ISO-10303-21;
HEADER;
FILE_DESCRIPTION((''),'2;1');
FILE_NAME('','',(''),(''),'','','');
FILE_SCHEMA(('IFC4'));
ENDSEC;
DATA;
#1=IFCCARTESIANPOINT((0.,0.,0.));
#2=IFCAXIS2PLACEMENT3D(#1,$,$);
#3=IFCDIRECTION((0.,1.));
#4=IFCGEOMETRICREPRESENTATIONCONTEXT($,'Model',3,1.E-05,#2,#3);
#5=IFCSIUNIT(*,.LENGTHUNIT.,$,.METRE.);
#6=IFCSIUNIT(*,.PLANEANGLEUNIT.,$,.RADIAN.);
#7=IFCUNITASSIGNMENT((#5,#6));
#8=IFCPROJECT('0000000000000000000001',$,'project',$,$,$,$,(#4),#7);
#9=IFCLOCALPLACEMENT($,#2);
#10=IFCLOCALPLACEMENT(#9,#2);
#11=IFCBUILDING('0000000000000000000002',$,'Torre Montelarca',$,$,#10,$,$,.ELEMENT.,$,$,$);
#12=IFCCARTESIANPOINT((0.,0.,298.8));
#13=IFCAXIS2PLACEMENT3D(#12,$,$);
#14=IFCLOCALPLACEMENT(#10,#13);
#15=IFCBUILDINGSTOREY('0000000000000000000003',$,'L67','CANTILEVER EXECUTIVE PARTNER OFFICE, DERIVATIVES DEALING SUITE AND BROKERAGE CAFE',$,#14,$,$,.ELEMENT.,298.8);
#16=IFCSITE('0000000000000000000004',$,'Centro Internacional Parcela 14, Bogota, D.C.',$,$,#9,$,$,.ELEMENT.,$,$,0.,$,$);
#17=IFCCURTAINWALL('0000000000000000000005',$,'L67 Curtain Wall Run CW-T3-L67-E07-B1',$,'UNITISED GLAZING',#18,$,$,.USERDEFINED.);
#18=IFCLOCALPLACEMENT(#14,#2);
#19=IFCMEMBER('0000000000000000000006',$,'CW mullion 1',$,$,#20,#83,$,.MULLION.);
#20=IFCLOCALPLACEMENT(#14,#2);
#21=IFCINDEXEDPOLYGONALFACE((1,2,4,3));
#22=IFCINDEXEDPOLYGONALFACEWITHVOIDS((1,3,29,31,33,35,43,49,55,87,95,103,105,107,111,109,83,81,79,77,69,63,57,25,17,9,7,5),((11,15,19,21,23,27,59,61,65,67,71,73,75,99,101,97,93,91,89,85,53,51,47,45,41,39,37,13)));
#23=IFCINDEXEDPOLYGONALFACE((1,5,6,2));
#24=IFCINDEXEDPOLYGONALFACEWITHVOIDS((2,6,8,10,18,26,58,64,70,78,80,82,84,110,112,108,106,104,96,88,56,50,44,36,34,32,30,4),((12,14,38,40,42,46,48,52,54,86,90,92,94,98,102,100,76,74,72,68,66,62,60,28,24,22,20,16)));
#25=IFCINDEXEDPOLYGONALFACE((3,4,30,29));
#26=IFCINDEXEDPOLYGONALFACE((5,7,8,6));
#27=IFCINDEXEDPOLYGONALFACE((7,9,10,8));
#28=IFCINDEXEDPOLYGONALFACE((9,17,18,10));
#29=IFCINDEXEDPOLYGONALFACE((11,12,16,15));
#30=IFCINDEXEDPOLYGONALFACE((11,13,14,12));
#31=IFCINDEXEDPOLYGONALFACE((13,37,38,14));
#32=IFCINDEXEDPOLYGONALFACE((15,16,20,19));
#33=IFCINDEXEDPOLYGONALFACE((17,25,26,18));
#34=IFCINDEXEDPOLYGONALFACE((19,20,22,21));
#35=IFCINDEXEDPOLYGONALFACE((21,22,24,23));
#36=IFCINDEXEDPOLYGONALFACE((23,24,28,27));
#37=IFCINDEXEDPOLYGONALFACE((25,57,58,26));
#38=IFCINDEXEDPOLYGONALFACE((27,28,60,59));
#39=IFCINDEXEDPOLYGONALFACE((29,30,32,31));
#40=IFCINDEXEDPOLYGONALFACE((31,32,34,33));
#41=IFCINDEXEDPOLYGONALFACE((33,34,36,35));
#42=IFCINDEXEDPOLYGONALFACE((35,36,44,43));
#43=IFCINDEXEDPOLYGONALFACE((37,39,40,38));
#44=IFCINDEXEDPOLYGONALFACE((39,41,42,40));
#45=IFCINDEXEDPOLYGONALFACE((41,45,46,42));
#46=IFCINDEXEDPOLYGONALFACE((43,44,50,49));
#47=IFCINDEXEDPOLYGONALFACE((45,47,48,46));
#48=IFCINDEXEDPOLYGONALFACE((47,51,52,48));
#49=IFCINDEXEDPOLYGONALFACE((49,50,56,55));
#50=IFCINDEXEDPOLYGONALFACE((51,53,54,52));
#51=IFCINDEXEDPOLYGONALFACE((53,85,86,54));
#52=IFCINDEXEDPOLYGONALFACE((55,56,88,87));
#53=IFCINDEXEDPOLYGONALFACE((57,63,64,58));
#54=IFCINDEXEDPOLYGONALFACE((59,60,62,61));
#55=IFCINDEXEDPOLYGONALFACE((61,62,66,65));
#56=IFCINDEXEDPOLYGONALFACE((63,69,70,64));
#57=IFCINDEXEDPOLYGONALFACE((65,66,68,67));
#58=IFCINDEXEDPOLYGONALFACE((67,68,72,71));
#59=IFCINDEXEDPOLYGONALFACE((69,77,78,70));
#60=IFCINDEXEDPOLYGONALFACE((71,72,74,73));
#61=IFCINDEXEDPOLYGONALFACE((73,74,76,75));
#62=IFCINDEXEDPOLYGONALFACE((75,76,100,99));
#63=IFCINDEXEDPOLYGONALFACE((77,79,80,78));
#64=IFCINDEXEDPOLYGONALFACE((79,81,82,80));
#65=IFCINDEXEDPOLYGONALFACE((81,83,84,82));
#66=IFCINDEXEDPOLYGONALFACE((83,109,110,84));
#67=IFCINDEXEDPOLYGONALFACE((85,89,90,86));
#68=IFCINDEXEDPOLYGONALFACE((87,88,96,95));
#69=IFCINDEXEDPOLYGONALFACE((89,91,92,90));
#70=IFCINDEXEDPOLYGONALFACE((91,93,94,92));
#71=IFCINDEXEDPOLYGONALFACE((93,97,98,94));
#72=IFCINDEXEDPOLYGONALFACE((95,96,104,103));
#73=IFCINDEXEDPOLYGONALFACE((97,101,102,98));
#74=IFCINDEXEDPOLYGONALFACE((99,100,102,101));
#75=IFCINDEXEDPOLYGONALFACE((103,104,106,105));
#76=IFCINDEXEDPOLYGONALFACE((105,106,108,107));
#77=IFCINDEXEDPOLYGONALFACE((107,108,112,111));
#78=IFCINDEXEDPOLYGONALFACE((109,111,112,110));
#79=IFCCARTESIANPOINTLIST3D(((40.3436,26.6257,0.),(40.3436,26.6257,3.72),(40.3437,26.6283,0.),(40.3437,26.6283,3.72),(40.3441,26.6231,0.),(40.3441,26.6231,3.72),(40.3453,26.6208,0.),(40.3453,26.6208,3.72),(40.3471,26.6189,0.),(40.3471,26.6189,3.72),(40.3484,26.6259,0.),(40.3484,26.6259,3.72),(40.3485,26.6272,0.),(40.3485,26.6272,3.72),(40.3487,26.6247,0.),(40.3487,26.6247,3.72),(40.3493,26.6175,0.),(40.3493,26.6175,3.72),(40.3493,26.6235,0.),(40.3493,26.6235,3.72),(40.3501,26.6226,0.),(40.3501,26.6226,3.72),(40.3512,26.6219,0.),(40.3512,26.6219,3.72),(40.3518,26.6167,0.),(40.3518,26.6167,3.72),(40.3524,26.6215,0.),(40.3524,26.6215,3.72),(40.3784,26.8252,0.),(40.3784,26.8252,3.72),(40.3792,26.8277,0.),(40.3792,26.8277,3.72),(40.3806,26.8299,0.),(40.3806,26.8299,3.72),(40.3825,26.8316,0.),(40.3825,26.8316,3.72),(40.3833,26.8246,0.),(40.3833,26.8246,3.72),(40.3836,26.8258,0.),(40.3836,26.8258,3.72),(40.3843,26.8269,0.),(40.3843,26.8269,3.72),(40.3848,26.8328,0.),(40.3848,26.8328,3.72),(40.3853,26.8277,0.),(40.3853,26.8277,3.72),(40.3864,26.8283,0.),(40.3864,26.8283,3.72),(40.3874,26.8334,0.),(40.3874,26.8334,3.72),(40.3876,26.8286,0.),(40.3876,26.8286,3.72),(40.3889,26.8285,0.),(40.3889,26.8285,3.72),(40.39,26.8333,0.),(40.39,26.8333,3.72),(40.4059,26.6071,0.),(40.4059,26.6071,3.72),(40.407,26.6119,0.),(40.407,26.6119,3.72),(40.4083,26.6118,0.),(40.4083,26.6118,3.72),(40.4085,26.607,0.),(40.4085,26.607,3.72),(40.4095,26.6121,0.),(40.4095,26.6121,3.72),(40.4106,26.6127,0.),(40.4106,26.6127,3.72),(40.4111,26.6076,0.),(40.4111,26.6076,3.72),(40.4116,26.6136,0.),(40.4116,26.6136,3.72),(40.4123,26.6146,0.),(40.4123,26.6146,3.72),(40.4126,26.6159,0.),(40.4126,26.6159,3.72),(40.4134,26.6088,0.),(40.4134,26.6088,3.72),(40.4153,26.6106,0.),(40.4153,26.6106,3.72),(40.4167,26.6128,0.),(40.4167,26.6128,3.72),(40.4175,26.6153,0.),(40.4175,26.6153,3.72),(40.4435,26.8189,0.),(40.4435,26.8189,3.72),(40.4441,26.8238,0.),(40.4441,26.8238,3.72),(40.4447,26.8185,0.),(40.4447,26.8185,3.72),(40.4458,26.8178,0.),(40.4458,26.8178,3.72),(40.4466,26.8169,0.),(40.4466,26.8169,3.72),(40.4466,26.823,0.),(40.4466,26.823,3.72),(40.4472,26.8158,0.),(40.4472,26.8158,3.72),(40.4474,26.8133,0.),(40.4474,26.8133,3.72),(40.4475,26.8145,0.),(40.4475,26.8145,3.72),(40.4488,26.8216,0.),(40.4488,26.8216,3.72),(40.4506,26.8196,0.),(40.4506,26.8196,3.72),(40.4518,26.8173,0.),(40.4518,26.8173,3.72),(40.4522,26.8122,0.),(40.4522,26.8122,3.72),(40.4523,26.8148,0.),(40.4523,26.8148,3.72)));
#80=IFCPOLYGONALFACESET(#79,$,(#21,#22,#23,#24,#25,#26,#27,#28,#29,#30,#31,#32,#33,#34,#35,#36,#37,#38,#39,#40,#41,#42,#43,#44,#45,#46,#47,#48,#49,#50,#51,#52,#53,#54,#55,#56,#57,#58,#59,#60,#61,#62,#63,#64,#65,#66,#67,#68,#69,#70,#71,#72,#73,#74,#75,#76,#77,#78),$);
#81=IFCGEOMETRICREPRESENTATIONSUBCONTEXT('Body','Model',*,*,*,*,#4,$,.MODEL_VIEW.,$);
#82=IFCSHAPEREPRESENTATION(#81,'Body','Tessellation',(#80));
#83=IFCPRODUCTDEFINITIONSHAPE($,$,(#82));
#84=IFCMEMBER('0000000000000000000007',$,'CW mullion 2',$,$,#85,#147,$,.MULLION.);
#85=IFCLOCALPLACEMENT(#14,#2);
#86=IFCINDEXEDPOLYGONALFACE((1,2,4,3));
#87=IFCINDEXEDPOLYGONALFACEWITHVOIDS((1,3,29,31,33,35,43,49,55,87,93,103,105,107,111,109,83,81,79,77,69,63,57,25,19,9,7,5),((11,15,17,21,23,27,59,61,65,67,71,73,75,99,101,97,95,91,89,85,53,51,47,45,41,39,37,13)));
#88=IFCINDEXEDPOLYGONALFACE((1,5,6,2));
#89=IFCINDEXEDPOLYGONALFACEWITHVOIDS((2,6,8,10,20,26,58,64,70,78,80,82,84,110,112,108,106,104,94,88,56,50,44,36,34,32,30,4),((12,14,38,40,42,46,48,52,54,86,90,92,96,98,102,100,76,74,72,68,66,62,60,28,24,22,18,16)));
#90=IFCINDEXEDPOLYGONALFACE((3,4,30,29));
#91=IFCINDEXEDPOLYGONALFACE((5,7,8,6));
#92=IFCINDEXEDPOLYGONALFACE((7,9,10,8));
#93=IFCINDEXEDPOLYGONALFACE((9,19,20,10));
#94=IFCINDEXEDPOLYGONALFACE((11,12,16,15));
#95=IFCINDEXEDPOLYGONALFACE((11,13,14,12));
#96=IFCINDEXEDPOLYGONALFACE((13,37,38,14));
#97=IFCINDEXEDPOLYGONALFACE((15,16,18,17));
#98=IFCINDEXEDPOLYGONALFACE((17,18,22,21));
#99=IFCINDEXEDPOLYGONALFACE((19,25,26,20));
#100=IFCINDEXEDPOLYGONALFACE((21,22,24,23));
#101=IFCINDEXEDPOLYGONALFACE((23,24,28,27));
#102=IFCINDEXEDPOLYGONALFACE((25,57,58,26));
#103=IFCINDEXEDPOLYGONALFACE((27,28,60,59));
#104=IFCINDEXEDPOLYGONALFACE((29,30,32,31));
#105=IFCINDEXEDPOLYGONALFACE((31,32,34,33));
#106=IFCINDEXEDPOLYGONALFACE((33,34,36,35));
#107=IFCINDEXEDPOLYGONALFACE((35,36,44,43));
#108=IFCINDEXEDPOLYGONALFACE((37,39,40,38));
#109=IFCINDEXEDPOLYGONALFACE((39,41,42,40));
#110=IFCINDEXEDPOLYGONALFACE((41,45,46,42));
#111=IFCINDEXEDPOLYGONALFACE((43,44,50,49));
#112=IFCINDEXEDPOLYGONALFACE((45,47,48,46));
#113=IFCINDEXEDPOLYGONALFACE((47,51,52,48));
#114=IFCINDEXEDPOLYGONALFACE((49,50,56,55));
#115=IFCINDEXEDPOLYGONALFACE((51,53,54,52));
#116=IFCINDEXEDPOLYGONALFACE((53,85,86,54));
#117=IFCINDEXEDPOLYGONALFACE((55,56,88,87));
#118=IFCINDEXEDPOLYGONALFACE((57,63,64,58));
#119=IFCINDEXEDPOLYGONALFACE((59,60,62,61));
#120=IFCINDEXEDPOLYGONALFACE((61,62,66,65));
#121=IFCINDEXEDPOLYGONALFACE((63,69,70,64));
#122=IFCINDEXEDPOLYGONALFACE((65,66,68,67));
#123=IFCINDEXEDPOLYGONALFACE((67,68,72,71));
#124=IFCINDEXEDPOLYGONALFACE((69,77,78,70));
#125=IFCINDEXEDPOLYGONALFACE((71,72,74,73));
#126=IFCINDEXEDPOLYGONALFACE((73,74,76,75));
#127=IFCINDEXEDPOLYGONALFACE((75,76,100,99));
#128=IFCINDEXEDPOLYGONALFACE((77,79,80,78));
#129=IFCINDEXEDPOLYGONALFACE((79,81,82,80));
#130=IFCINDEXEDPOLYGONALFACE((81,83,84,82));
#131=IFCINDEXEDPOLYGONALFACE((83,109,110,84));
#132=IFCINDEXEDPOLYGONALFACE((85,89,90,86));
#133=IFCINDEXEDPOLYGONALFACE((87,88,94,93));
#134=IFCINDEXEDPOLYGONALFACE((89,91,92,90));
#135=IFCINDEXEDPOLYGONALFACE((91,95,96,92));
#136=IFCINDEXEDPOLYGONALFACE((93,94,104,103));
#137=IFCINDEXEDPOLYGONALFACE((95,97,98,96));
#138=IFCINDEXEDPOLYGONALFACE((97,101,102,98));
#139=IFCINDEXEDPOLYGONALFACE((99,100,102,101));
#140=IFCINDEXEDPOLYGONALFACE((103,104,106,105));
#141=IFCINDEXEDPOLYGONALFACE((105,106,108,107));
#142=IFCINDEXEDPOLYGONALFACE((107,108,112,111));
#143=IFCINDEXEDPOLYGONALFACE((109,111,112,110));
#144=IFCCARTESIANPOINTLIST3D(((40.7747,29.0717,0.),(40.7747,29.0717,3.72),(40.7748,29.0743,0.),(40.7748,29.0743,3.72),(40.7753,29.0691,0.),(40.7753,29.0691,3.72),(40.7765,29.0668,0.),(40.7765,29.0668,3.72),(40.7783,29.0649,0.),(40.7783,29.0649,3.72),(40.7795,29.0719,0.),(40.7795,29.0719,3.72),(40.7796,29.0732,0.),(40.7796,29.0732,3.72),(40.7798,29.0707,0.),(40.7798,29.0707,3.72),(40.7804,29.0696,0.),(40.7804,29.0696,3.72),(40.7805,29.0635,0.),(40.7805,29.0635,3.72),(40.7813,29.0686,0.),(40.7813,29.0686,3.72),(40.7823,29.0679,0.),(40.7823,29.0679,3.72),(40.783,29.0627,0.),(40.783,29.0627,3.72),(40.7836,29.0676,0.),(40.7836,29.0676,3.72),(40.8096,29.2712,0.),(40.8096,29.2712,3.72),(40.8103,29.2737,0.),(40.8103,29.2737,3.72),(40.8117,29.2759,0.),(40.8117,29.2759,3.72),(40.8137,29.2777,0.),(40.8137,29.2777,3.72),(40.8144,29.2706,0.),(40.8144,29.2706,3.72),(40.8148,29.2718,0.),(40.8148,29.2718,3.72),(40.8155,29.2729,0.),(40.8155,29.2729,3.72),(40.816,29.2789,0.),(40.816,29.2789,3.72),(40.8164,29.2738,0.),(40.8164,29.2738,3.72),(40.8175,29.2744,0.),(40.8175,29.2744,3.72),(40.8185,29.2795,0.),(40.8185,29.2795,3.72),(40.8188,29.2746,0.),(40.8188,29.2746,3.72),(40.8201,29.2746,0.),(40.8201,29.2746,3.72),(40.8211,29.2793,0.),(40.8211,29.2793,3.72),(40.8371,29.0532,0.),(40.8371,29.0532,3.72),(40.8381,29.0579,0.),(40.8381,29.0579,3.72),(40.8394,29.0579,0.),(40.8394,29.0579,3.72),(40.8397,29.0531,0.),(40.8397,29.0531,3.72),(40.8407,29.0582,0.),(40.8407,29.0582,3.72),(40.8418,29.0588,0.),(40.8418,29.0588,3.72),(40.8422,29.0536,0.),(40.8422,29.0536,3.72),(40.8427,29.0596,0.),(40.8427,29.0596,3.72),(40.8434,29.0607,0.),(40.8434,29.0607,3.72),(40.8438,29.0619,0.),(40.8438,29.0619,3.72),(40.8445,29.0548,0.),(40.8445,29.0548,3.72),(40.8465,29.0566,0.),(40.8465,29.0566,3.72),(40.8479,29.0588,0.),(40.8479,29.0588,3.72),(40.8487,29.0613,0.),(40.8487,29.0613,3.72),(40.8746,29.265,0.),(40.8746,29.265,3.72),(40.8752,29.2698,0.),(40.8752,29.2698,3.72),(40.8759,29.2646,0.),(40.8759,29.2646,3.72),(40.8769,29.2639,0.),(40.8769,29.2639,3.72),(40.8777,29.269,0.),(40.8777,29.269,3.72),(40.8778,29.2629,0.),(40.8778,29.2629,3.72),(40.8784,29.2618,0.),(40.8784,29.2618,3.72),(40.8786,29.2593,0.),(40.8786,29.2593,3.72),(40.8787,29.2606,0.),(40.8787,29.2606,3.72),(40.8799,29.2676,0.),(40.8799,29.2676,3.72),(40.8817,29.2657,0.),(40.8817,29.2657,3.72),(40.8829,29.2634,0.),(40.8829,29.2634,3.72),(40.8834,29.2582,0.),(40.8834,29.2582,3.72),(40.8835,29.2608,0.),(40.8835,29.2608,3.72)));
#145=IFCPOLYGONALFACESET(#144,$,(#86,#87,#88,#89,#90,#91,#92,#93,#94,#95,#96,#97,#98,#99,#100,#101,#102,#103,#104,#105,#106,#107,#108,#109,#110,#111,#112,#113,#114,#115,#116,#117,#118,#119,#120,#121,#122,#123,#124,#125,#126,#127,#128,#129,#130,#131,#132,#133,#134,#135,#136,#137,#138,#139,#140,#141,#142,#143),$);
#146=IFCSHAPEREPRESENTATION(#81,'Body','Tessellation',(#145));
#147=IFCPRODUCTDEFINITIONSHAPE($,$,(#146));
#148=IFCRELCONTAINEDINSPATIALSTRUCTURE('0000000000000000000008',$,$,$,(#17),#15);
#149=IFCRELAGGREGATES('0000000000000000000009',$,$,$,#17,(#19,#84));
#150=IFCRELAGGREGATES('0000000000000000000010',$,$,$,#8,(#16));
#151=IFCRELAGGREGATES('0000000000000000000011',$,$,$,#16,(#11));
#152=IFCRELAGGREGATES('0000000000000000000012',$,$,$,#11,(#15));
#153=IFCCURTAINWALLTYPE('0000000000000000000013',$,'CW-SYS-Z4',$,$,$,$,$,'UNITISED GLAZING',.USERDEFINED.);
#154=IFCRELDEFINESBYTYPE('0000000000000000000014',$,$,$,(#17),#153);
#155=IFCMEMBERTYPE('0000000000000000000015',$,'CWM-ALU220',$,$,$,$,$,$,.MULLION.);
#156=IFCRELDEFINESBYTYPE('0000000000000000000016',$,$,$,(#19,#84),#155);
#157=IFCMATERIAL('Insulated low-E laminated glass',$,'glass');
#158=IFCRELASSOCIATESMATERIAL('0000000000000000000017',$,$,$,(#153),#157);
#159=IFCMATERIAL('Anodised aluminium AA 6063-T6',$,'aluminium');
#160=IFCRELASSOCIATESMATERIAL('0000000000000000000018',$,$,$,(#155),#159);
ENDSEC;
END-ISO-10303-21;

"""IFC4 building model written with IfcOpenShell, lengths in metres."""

from ifc_helpers import new_model, si_unit, direction, frame, origin, origin_2d, place, context, subcontext, project, spatial, hollow_rectangle, extrude, source, transform, mapped, material, material_profile, profile_set, type_object, element, aggregate, save


model = new_model("IFC4")

# Units and contexts
model_context = context("Model", 3, precision=1e-05, world=origin(), true_north=direction((0.0, 1.0)))
body_context = subcontext(model_context, "Body", "Model", "MODEL_VIEW")
ifc_project = project(units=[si_unit("LENGTHUNIT", "METRE"), si_unit("PLANEANGLEUNIT", "RADIAN")], contexts=[model_context])

# Site, building, storey
site_placement = place(None, origin())
site = spatial("IfcSite", under=ifc_project, at=site_placement, Name="Centro Internacional Parcela 14, Bogota, D.C.", CompositionType="ELEMENT", RefElevation=0.0)
building_placement = place(site_placement, origin())
building = spatial("IfcBuilding", under=site, at=building_placement, Name="Torre Montelarca", CompositionType="ELEMENT")
storey_placement = place(building_placement, frame((0.0, 0.0, 298.8)))
storey = spatial("IfcBuildingStorey", under=building, at=storey_placement, Name="L67", Description="CANTILEVER EXECUTIVE PARTNER OFFICE, DERIVATIVES DEALING SUITE AND BROKERAGE CAFE", CompositionType="ELEMENT", Elevation=298.8)

# Curtain wall, members
ifc_material_1 = material(Name="Insulated low-E laminated glass", Category="glass")
curtain_wall_type = type_object("IfcCurtainWallType", Name="CW-SYS-Z4", ElementType="UNITISED GLAZING", PredefinedType="USERDEFINED", material=ifc_material_1)
ifc_material_2 = material(Name="Anodised aluminium AA 6063-T6", Category="aluminium")
ifc_material_profile_1 = material_profile(ifc_material_2, hollow_rectangle(XDim=0.075, YDim=0.22, WallThickness=0.0049, InnerFilletRadius=0.0049, OuterFilletRadius=0.01, at=origin_2d()), Name="ALU75X220X5", Category="aluminium")
ifc_profile_set_1 = profile_set([ifc_material_profile_1], Name="Anodised aluminium AA 6063-T6")
member_type_1 = type_object("IfcMemberType", Name="CWM-ALU220", PredefinedType="MULLION", material=ifc_profile_set_1)
shared_shape_1 = source(origin(), body_context, "Body", "SweptSolid", [
    extrude(hollow_rectangle(XDim=0.075, YDim=0.22, WallThickness=0.0049, InnerFilletRadius=0.0049, OuterFilletRadius=0.01, at=origin_2d()), origin(), (0.0, 0.0, 1.0), 3.72),
])
curtain_wall_1_placement = place(storey_placement, origin())
curtain_wall_1 = element("IfcCurtainWall", 1, at=curtain_wall_1_placement, inside=storey, type_object=curtain_wall_type, Name="L67 Curtain Wall Run CW-T3-L67-E07-B1", ObjectType="UNITISED GLAZING", PredefinedType="USERDEFINED")
member_1_placement = place(storey_placement, frame((40.3979, 26.7202, 0.0), z_axis=(0.0, 0.0, 1.0), x_axis=(-0.984814, 0.173612, 0.0)))
member_1 = element("IfcMember", 2, at=member_1_placement, type_object=member_type_1, Name="CW mullion 1", PredefinedType="MULLION", context=body_context, shape_type="MappedRepresentation", body=[
    mapped(shared_shape_1, transform((0.0, 0.0, 0.0), scale=1.0)),
])
member_2_placement = place(storey_placement, frame((40.8291, 29.1663, 0.0), z_axis=(0.0, 0.0, 1.0), x_axis=(-0.984814, 0.173612, 0.0)))
member_2 = element("IfcMember", 3, at=member_2_placement, type_object=member_type_1, Name="CW mullion 2", PredefinedType="MULLION", context=body_context, shape_type="MappedRepresentation", body=[
    mapped(shared_shape_1, transform((0.0, 0.0, 0.0), scale=1.0)),
])

aggregate(curtain_wall_1, [member_1, member_2])

save(model, "model.ifc")
